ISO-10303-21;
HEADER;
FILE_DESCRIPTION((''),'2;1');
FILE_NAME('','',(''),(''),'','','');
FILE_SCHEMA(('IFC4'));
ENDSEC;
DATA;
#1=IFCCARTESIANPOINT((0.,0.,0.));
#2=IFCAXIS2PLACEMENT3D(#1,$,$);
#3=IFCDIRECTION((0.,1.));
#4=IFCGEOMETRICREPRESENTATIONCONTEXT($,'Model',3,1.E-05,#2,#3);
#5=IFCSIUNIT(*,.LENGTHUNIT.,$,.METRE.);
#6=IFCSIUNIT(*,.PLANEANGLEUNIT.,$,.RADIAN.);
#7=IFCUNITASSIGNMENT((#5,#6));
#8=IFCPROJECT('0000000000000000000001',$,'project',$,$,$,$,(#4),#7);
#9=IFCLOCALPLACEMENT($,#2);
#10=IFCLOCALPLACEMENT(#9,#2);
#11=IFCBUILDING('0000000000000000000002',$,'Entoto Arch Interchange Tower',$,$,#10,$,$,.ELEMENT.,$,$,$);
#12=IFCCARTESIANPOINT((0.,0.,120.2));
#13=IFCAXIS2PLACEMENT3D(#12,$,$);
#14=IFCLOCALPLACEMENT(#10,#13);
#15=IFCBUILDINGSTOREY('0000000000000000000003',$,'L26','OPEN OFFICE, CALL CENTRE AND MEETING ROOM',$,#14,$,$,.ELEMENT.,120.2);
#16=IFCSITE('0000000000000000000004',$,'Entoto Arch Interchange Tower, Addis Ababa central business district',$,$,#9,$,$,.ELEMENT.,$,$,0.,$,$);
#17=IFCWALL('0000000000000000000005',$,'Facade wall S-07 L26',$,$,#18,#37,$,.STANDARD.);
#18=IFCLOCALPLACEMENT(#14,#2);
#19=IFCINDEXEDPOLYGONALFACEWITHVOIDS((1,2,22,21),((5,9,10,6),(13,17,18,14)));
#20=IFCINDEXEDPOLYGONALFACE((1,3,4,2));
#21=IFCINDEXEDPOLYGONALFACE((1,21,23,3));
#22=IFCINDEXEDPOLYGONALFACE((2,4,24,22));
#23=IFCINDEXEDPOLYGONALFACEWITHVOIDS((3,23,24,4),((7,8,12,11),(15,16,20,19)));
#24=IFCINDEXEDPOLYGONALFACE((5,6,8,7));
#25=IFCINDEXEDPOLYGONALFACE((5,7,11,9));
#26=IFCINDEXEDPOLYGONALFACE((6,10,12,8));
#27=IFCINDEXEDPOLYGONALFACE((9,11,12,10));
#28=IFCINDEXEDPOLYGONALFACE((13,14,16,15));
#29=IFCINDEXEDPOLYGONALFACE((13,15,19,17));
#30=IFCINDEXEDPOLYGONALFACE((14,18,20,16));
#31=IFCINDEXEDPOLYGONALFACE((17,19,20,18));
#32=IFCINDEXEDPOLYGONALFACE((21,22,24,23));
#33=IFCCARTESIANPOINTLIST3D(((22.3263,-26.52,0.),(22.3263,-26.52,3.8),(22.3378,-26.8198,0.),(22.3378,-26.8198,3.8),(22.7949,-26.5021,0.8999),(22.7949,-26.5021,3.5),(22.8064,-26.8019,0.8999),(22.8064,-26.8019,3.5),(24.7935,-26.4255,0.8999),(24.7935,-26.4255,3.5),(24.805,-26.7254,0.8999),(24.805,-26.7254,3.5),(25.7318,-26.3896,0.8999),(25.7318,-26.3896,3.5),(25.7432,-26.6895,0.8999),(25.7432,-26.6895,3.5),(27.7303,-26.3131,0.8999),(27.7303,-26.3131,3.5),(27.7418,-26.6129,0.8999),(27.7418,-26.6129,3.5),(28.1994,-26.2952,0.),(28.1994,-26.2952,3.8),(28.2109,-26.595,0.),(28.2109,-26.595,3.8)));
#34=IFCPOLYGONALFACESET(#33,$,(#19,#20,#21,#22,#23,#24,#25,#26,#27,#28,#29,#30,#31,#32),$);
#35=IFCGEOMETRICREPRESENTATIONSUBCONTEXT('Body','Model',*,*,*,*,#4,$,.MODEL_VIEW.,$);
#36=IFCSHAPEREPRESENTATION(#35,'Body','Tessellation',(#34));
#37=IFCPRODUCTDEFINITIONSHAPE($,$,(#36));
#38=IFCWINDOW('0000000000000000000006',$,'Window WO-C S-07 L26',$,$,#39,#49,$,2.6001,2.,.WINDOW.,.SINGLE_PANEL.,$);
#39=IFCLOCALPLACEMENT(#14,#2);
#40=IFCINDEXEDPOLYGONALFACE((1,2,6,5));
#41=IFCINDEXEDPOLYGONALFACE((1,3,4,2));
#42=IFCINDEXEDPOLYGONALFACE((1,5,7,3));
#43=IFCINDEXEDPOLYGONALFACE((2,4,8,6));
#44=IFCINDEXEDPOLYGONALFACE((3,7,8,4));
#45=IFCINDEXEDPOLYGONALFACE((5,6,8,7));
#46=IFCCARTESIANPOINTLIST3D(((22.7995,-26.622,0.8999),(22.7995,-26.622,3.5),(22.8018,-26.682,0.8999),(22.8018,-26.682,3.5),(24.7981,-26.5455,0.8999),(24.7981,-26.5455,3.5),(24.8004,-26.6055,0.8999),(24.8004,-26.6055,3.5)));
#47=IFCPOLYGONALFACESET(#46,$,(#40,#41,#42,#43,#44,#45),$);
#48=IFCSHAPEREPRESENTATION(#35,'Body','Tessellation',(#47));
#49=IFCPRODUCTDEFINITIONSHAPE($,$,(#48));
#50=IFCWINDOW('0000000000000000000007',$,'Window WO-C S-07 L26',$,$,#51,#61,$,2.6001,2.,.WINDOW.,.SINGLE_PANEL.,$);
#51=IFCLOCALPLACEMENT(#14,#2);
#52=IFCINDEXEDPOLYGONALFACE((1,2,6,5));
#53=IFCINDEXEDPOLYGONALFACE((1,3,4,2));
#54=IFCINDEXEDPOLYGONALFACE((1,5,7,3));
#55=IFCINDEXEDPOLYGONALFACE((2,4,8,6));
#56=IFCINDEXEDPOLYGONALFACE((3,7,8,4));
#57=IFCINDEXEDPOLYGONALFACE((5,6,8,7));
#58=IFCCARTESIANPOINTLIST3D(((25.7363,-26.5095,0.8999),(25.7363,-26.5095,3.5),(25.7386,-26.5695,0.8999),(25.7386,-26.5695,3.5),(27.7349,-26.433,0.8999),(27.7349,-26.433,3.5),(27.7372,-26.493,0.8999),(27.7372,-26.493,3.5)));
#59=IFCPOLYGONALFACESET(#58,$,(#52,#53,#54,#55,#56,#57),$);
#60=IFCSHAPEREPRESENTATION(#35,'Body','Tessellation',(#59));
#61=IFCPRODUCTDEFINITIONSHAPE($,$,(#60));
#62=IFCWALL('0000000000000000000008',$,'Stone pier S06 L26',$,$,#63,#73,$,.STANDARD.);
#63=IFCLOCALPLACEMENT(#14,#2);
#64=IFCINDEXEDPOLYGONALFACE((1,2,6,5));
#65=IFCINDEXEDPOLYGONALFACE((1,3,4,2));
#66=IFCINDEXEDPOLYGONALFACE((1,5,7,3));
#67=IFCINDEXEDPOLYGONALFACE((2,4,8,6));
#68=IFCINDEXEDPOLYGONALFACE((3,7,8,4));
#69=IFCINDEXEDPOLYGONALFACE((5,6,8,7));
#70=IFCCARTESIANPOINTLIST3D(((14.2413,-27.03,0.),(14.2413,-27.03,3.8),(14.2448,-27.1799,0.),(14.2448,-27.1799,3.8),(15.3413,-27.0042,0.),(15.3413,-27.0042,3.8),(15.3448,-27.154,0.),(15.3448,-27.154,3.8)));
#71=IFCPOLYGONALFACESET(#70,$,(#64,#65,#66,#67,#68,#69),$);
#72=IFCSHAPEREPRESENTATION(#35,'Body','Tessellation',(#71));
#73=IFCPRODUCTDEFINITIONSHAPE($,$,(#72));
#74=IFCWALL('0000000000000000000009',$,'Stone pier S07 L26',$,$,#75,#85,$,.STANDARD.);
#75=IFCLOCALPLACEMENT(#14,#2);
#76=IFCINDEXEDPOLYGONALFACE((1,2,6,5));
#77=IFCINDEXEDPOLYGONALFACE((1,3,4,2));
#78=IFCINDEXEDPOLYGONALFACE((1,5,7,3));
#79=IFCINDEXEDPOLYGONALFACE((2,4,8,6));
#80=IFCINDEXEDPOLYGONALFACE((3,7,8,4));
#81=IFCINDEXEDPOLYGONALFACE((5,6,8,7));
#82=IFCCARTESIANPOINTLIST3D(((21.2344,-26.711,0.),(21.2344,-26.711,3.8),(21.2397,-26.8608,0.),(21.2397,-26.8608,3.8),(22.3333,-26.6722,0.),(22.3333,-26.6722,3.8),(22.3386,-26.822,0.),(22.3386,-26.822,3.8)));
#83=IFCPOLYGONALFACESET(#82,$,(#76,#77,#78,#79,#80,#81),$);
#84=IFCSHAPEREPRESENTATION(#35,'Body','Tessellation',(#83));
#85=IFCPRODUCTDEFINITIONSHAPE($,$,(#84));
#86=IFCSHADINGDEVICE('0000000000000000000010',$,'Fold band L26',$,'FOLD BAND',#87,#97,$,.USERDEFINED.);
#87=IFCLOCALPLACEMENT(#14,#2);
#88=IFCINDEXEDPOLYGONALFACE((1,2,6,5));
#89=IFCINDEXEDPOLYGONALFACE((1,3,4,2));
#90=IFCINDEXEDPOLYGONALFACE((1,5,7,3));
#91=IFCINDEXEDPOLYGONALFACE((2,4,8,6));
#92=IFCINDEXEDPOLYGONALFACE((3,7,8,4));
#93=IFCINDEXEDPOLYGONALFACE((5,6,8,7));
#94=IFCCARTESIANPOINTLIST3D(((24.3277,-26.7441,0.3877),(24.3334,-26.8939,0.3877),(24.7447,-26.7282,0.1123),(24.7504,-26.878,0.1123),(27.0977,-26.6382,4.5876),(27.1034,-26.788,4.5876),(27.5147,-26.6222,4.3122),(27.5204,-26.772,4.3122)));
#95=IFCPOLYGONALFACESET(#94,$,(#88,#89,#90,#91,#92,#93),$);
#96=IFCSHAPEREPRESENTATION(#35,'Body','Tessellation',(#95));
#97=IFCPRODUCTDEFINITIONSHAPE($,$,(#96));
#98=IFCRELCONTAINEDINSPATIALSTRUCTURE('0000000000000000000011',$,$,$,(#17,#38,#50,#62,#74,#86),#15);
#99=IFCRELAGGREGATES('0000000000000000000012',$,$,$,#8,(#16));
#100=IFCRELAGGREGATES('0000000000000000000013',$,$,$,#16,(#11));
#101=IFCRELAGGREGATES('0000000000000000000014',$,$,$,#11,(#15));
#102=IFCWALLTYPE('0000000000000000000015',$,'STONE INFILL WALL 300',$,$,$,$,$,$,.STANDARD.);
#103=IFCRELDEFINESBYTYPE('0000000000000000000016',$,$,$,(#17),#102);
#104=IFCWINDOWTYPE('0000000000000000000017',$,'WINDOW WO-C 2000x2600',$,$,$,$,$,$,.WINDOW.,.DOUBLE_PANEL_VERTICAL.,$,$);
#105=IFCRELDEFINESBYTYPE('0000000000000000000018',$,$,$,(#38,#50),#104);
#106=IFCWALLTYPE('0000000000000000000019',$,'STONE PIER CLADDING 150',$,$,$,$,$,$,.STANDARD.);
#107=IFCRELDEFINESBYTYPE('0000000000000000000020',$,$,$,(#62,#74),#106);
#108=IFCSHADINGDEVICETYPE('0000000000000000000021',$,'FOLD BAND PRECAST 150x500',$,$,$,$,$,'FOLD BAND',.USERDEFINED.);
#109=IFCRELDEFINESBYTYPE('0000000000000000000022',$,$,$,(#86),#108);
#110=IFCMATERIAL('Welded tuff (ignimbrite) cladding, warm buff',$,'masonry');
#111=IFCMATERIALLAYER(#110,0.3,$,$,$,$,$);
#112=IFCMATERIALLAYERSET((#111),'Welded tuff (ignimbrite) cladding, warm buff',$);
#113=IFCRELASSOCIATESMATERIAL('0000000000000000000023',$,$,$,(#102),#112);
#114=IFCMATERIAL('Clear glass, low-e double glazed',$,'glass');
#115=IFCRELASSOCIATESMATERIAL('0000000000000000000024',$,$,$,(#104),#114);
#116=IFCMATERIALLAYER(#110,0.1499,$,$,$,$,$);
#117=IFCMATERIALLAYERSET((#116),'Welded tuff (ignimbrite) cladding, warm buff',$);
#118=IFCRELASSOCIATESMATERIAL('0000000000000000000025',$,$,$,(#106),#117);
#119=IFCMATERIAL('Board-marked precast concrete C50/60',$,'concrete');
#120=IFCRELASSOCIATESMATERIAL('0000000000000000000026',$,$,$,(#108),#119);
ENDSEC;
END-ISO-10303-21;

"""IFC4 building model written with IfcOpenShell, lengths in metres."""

from ifc_helpers import new_model, si_unit, direction, frame, frame_2d, origin, origin_2d, place, context, subcontext, project, spatial, rectangle, extrude, material, layer, layer_set, material_profile, profile_set, type_object, element, fill, save


model = new_model("IFC4")

# Units and contexts
model_context = context("Model", 3, precision=1e-05, world=origin(), true_north=direction((0.0, 1.0)))
body_context = subcontext(model_context, "Body", "Model", "MODEL_VIEW")
ifc_project = project(units=[si_unit("LENGTHUNIT", "METRE"), si_unit("PLANEANGLEUNIT", "RADIAN")], contexts=[model_context])

# Site, building, storey
site_placement = place(None, origin())
site = spatial("IfcSite", under=ifc_project, at=site_placement, Name="Entoto Arch Interchange Tower, Addis Ababa central business district", CompositionType="ELEMENT", RefElevation=0.0)
building_placement = place(site_placement, origin())
building = spatial("IfcBuilding", under=site, at=building_placement, Name="Entoto Arch Interchange Tower", CompositionType="ELEMENT")
storey_placement = place(building_placement, frame((0.0, 0.0, 120.2)))
storey = spatial("IfcBuildingStorey", under=building, at=storey_placement, Name="L26", Description="OPEN OFFICE, CALL CENTRE AND MEETING ROOM", CompositionType="ELEMENT", Elevation=120.2)

# Wall, openings, windows
ifc_material_1 = material(Name="Welded tuff (ignimbrite) cladding, warm buff", Category="masonry")
ifc_layer_1 = layer(ifc_material_1, 0.3)
ifc_layer_set_1 = layer_set([ifc_layer_1], Name="Welded tuff (ignimbrite) cladding, warm buff")
wall_type_1 = type_object("IfcWallType", Name="STONE INFILL WALL 300", PredefinedType="STANDARD", material=ifc_layer_set_1)
ifc_material_2 = material(Name="Clear glass, low-e double glazed", Category="glass")
window_type = type_object("IfcWindowType", Name="WINDOW WO-C 2000x2600", PartitioningType="DOUBLE_PANEL_VERTICAL", PredefinedType="WINDOW", material=ifc_material_2)
wall_1_placement = place(storey_placement, frame((22.332, -26.6699, 0.0), z_axis=(0.0, 0.0, 1.0), x_axis=(0.999268, 0.038258, 0.0)))
wall_1 = element("IfcWall", 1, at=wall_1_placement, inside=storey, type_object=wall_type_1, Name="Facade wall S-07 L26", PredefinedType="STANDARD", context=body_context, shape_type="SweptSolid", body=[
    extrude(rectangle(XDim=5.8774, YDim=0.3, at=frame_2d((2.9387, 0.0))), origin(), (0.0, 0.0, 1.0), 3.8),
])
opening_1_placement = place(wall_1_placement, frame((0.469, 0.0, 0.8999)))
opening_1 = element("IfcOpeningElement", 2, at=opening_1_placement, cuts=wall_1, PredefinedType="OPENING", context=body_context, shape_type="SweptSolid", body=[
    extrude(rectangle(XDim=2.0, YDim=2.6001, at=frame_2d((1.0, 1.3))), frame((0.0, 0.1602, 0.0), z_axis=(0.0, -1.0, 0.0), x_axis=(1.0, 0.0, 0.0)), (0.0, 0.0, 1.0), 0.3201),
])
opening_2_placement = place(wall_1_placement, frame((3.408, 0.0, 0.8999)))
opening_2 = element("IfcOpeningElement", 3, at=opening_2_placement, cuts=wall_1, PredefinedType="OPENING", context=body_context, shape_type="SweptSolid", body=[
    extrude(rectangle(XDim=2.0, YDim=2.6001, at=frame_2d((1.0, 1.3))), frame((0.0, 0.1602, 0.0), z_axis=(0.0, -1.0, 0.0), x_axis=(1.0, 0.0, 0.0)), (0.0, 0.0, 1.0), 0.3201),
])
window_1_placement = place(opening_1_placement, origin())
window_1 = element("IfcWindow", 4, at=window_1_placement, inside=storey, type_object=window_type, Name="Window WO-C S-07 L26", OverallHeight=2.6001, OverallWidth=2.0, PartitioningType="SINGLE_PANEL", PredefinedType="WINDOW", context=body_context, shape_type="SweptSolid", body=[
    extrude(rectangle(XDim=2.0, YDim=2.6001, at=frame_2d((1.0, 1.3))), frame((0.0, 0.03, 0.0), z_axis=(0.0, -1.0, 0.0), x_axis=(1.0, 0.0, 0.0)), (0.0, 0.0, 1.0), 0.0601),
])
fill(opening_1, window_1)
window_2_placement = place(opening_2_placement, origin())
window_2 = element("IfcWindow", 5, at=window_2_placement, inside=storey, type_object=window_type, Name="Window WO-C S-07 L26", OverallHeight=2.6001, OverallWidth=2.0, PartitioningType="SINGLE_PANEL", PredefinedType="WINDOW", context=body_context, shape_type="SweptSolid", body=[
    extrude(rectangle(XDim=2.0, YDim=2.6001, at=frame_2d((1.0, 1.3))), frame((0.0, 0.03, 0.0), z_axis=(0.0, -1.0, 0.0), x_axis=(1.0, 0.0, 0.0)), (0.0, 0.0, 1.0), 0.0601),
])
fill(opening_2, window_2)

# Walls
ifc_layer_2 = layer(ifc_material_1, 0.1499)
ifc_layer_set_2 = layer_set([ifc_layer_2], Name="Welded tuff (ignimbrite) cladding, warm buff")
wall_type_2 = type_object("IfcWallType", Name="STONE PIER CLADDING 150", PredefinedType="STANDARD", material=ifc_layer_set_2)
wall_2_placement = place(storey_placement, frame((14.2429, -27.105, 0.0), z_axis=(0.0, 0.0, 1.0), x_axis=(0.999723, 0.023518, 0.0)))
element("IfcWall", 6, at=wall_2_placement, inside=storey, type_object=wall_type_2, Name="Stone pier S06 L26", PredefinedType="STANDARD", context=body_context, shape_type="SweptSolid", body=[
    extrude(rectangle(XDim=1.1003, YDim=0.1499, at=frame_2d((0.5503, 0.0))), origin(), (0.0, 0.0, 1.0), 3.8),
])
wall_3_placement = place(storey_placement, frame((21.2371, -26.7859, 0.0), z_axis=(0.0, 0.0, 1.0), x_axis=(0.999377, 0.035303, 0.0)))
element("IfcWall", 7, at=wall_3_placement, inside=storey, type_object=wall_type_2, Name="Stone pier S07 L26", PredefinedType="STANDARD", context=body_context, shape_type="SweptSolid", body=[
    extrude(rectangle(XDim=1.0996, YDim=0.1499, at=frame_2d((0.5498, 0.0))), origin(), (0.0, 0.0, 1.0), 3.8),
])

# Shading device
ifc_material_3 = material(Name="Board-marked precast concrete C50/60", Category="concrete")
ifc_material_profile_1 = material_profile(ifc_material_3, rectangle(XDim=0.1499, YDim=0.5, at=origin_2d()))
ifc_profile_set_1 = profile_set([ifc_material_profile_1], Name="Board-marked precast concrete C50/60")
shading_device_type = type_object("IfcShadingDeviceType", Name="FOLD BAND PRECAST 150x500", ElementType="FOLD BAND", PredefinedType="USERDEFINED", material=ifc_profile_set_1)
shading_device_placement = place(storey_placement, frame((24.5391, -26.811, 0.25), z_axis=(0.55045, 0.021055, 0.834602), x_axis=(-0.038223, 0.999269, 0.0)))
element("IfcShadingDevice", 8, at=shading_device_placement, inside=storey, type_object=shading_device_type, Name="Fold band L26", ObjectType="FOLD BAND", PredefinedType="USERDEFINED", context=body_context, shape_type="SweptSolid", body=[
    extrude(rectangle(XDim=0.1499, YDim=0.5, at=origin_2d()), origin(), (0.0, 0.0, 1.0), 5.0322),
])

save(model, "model.ifc")
